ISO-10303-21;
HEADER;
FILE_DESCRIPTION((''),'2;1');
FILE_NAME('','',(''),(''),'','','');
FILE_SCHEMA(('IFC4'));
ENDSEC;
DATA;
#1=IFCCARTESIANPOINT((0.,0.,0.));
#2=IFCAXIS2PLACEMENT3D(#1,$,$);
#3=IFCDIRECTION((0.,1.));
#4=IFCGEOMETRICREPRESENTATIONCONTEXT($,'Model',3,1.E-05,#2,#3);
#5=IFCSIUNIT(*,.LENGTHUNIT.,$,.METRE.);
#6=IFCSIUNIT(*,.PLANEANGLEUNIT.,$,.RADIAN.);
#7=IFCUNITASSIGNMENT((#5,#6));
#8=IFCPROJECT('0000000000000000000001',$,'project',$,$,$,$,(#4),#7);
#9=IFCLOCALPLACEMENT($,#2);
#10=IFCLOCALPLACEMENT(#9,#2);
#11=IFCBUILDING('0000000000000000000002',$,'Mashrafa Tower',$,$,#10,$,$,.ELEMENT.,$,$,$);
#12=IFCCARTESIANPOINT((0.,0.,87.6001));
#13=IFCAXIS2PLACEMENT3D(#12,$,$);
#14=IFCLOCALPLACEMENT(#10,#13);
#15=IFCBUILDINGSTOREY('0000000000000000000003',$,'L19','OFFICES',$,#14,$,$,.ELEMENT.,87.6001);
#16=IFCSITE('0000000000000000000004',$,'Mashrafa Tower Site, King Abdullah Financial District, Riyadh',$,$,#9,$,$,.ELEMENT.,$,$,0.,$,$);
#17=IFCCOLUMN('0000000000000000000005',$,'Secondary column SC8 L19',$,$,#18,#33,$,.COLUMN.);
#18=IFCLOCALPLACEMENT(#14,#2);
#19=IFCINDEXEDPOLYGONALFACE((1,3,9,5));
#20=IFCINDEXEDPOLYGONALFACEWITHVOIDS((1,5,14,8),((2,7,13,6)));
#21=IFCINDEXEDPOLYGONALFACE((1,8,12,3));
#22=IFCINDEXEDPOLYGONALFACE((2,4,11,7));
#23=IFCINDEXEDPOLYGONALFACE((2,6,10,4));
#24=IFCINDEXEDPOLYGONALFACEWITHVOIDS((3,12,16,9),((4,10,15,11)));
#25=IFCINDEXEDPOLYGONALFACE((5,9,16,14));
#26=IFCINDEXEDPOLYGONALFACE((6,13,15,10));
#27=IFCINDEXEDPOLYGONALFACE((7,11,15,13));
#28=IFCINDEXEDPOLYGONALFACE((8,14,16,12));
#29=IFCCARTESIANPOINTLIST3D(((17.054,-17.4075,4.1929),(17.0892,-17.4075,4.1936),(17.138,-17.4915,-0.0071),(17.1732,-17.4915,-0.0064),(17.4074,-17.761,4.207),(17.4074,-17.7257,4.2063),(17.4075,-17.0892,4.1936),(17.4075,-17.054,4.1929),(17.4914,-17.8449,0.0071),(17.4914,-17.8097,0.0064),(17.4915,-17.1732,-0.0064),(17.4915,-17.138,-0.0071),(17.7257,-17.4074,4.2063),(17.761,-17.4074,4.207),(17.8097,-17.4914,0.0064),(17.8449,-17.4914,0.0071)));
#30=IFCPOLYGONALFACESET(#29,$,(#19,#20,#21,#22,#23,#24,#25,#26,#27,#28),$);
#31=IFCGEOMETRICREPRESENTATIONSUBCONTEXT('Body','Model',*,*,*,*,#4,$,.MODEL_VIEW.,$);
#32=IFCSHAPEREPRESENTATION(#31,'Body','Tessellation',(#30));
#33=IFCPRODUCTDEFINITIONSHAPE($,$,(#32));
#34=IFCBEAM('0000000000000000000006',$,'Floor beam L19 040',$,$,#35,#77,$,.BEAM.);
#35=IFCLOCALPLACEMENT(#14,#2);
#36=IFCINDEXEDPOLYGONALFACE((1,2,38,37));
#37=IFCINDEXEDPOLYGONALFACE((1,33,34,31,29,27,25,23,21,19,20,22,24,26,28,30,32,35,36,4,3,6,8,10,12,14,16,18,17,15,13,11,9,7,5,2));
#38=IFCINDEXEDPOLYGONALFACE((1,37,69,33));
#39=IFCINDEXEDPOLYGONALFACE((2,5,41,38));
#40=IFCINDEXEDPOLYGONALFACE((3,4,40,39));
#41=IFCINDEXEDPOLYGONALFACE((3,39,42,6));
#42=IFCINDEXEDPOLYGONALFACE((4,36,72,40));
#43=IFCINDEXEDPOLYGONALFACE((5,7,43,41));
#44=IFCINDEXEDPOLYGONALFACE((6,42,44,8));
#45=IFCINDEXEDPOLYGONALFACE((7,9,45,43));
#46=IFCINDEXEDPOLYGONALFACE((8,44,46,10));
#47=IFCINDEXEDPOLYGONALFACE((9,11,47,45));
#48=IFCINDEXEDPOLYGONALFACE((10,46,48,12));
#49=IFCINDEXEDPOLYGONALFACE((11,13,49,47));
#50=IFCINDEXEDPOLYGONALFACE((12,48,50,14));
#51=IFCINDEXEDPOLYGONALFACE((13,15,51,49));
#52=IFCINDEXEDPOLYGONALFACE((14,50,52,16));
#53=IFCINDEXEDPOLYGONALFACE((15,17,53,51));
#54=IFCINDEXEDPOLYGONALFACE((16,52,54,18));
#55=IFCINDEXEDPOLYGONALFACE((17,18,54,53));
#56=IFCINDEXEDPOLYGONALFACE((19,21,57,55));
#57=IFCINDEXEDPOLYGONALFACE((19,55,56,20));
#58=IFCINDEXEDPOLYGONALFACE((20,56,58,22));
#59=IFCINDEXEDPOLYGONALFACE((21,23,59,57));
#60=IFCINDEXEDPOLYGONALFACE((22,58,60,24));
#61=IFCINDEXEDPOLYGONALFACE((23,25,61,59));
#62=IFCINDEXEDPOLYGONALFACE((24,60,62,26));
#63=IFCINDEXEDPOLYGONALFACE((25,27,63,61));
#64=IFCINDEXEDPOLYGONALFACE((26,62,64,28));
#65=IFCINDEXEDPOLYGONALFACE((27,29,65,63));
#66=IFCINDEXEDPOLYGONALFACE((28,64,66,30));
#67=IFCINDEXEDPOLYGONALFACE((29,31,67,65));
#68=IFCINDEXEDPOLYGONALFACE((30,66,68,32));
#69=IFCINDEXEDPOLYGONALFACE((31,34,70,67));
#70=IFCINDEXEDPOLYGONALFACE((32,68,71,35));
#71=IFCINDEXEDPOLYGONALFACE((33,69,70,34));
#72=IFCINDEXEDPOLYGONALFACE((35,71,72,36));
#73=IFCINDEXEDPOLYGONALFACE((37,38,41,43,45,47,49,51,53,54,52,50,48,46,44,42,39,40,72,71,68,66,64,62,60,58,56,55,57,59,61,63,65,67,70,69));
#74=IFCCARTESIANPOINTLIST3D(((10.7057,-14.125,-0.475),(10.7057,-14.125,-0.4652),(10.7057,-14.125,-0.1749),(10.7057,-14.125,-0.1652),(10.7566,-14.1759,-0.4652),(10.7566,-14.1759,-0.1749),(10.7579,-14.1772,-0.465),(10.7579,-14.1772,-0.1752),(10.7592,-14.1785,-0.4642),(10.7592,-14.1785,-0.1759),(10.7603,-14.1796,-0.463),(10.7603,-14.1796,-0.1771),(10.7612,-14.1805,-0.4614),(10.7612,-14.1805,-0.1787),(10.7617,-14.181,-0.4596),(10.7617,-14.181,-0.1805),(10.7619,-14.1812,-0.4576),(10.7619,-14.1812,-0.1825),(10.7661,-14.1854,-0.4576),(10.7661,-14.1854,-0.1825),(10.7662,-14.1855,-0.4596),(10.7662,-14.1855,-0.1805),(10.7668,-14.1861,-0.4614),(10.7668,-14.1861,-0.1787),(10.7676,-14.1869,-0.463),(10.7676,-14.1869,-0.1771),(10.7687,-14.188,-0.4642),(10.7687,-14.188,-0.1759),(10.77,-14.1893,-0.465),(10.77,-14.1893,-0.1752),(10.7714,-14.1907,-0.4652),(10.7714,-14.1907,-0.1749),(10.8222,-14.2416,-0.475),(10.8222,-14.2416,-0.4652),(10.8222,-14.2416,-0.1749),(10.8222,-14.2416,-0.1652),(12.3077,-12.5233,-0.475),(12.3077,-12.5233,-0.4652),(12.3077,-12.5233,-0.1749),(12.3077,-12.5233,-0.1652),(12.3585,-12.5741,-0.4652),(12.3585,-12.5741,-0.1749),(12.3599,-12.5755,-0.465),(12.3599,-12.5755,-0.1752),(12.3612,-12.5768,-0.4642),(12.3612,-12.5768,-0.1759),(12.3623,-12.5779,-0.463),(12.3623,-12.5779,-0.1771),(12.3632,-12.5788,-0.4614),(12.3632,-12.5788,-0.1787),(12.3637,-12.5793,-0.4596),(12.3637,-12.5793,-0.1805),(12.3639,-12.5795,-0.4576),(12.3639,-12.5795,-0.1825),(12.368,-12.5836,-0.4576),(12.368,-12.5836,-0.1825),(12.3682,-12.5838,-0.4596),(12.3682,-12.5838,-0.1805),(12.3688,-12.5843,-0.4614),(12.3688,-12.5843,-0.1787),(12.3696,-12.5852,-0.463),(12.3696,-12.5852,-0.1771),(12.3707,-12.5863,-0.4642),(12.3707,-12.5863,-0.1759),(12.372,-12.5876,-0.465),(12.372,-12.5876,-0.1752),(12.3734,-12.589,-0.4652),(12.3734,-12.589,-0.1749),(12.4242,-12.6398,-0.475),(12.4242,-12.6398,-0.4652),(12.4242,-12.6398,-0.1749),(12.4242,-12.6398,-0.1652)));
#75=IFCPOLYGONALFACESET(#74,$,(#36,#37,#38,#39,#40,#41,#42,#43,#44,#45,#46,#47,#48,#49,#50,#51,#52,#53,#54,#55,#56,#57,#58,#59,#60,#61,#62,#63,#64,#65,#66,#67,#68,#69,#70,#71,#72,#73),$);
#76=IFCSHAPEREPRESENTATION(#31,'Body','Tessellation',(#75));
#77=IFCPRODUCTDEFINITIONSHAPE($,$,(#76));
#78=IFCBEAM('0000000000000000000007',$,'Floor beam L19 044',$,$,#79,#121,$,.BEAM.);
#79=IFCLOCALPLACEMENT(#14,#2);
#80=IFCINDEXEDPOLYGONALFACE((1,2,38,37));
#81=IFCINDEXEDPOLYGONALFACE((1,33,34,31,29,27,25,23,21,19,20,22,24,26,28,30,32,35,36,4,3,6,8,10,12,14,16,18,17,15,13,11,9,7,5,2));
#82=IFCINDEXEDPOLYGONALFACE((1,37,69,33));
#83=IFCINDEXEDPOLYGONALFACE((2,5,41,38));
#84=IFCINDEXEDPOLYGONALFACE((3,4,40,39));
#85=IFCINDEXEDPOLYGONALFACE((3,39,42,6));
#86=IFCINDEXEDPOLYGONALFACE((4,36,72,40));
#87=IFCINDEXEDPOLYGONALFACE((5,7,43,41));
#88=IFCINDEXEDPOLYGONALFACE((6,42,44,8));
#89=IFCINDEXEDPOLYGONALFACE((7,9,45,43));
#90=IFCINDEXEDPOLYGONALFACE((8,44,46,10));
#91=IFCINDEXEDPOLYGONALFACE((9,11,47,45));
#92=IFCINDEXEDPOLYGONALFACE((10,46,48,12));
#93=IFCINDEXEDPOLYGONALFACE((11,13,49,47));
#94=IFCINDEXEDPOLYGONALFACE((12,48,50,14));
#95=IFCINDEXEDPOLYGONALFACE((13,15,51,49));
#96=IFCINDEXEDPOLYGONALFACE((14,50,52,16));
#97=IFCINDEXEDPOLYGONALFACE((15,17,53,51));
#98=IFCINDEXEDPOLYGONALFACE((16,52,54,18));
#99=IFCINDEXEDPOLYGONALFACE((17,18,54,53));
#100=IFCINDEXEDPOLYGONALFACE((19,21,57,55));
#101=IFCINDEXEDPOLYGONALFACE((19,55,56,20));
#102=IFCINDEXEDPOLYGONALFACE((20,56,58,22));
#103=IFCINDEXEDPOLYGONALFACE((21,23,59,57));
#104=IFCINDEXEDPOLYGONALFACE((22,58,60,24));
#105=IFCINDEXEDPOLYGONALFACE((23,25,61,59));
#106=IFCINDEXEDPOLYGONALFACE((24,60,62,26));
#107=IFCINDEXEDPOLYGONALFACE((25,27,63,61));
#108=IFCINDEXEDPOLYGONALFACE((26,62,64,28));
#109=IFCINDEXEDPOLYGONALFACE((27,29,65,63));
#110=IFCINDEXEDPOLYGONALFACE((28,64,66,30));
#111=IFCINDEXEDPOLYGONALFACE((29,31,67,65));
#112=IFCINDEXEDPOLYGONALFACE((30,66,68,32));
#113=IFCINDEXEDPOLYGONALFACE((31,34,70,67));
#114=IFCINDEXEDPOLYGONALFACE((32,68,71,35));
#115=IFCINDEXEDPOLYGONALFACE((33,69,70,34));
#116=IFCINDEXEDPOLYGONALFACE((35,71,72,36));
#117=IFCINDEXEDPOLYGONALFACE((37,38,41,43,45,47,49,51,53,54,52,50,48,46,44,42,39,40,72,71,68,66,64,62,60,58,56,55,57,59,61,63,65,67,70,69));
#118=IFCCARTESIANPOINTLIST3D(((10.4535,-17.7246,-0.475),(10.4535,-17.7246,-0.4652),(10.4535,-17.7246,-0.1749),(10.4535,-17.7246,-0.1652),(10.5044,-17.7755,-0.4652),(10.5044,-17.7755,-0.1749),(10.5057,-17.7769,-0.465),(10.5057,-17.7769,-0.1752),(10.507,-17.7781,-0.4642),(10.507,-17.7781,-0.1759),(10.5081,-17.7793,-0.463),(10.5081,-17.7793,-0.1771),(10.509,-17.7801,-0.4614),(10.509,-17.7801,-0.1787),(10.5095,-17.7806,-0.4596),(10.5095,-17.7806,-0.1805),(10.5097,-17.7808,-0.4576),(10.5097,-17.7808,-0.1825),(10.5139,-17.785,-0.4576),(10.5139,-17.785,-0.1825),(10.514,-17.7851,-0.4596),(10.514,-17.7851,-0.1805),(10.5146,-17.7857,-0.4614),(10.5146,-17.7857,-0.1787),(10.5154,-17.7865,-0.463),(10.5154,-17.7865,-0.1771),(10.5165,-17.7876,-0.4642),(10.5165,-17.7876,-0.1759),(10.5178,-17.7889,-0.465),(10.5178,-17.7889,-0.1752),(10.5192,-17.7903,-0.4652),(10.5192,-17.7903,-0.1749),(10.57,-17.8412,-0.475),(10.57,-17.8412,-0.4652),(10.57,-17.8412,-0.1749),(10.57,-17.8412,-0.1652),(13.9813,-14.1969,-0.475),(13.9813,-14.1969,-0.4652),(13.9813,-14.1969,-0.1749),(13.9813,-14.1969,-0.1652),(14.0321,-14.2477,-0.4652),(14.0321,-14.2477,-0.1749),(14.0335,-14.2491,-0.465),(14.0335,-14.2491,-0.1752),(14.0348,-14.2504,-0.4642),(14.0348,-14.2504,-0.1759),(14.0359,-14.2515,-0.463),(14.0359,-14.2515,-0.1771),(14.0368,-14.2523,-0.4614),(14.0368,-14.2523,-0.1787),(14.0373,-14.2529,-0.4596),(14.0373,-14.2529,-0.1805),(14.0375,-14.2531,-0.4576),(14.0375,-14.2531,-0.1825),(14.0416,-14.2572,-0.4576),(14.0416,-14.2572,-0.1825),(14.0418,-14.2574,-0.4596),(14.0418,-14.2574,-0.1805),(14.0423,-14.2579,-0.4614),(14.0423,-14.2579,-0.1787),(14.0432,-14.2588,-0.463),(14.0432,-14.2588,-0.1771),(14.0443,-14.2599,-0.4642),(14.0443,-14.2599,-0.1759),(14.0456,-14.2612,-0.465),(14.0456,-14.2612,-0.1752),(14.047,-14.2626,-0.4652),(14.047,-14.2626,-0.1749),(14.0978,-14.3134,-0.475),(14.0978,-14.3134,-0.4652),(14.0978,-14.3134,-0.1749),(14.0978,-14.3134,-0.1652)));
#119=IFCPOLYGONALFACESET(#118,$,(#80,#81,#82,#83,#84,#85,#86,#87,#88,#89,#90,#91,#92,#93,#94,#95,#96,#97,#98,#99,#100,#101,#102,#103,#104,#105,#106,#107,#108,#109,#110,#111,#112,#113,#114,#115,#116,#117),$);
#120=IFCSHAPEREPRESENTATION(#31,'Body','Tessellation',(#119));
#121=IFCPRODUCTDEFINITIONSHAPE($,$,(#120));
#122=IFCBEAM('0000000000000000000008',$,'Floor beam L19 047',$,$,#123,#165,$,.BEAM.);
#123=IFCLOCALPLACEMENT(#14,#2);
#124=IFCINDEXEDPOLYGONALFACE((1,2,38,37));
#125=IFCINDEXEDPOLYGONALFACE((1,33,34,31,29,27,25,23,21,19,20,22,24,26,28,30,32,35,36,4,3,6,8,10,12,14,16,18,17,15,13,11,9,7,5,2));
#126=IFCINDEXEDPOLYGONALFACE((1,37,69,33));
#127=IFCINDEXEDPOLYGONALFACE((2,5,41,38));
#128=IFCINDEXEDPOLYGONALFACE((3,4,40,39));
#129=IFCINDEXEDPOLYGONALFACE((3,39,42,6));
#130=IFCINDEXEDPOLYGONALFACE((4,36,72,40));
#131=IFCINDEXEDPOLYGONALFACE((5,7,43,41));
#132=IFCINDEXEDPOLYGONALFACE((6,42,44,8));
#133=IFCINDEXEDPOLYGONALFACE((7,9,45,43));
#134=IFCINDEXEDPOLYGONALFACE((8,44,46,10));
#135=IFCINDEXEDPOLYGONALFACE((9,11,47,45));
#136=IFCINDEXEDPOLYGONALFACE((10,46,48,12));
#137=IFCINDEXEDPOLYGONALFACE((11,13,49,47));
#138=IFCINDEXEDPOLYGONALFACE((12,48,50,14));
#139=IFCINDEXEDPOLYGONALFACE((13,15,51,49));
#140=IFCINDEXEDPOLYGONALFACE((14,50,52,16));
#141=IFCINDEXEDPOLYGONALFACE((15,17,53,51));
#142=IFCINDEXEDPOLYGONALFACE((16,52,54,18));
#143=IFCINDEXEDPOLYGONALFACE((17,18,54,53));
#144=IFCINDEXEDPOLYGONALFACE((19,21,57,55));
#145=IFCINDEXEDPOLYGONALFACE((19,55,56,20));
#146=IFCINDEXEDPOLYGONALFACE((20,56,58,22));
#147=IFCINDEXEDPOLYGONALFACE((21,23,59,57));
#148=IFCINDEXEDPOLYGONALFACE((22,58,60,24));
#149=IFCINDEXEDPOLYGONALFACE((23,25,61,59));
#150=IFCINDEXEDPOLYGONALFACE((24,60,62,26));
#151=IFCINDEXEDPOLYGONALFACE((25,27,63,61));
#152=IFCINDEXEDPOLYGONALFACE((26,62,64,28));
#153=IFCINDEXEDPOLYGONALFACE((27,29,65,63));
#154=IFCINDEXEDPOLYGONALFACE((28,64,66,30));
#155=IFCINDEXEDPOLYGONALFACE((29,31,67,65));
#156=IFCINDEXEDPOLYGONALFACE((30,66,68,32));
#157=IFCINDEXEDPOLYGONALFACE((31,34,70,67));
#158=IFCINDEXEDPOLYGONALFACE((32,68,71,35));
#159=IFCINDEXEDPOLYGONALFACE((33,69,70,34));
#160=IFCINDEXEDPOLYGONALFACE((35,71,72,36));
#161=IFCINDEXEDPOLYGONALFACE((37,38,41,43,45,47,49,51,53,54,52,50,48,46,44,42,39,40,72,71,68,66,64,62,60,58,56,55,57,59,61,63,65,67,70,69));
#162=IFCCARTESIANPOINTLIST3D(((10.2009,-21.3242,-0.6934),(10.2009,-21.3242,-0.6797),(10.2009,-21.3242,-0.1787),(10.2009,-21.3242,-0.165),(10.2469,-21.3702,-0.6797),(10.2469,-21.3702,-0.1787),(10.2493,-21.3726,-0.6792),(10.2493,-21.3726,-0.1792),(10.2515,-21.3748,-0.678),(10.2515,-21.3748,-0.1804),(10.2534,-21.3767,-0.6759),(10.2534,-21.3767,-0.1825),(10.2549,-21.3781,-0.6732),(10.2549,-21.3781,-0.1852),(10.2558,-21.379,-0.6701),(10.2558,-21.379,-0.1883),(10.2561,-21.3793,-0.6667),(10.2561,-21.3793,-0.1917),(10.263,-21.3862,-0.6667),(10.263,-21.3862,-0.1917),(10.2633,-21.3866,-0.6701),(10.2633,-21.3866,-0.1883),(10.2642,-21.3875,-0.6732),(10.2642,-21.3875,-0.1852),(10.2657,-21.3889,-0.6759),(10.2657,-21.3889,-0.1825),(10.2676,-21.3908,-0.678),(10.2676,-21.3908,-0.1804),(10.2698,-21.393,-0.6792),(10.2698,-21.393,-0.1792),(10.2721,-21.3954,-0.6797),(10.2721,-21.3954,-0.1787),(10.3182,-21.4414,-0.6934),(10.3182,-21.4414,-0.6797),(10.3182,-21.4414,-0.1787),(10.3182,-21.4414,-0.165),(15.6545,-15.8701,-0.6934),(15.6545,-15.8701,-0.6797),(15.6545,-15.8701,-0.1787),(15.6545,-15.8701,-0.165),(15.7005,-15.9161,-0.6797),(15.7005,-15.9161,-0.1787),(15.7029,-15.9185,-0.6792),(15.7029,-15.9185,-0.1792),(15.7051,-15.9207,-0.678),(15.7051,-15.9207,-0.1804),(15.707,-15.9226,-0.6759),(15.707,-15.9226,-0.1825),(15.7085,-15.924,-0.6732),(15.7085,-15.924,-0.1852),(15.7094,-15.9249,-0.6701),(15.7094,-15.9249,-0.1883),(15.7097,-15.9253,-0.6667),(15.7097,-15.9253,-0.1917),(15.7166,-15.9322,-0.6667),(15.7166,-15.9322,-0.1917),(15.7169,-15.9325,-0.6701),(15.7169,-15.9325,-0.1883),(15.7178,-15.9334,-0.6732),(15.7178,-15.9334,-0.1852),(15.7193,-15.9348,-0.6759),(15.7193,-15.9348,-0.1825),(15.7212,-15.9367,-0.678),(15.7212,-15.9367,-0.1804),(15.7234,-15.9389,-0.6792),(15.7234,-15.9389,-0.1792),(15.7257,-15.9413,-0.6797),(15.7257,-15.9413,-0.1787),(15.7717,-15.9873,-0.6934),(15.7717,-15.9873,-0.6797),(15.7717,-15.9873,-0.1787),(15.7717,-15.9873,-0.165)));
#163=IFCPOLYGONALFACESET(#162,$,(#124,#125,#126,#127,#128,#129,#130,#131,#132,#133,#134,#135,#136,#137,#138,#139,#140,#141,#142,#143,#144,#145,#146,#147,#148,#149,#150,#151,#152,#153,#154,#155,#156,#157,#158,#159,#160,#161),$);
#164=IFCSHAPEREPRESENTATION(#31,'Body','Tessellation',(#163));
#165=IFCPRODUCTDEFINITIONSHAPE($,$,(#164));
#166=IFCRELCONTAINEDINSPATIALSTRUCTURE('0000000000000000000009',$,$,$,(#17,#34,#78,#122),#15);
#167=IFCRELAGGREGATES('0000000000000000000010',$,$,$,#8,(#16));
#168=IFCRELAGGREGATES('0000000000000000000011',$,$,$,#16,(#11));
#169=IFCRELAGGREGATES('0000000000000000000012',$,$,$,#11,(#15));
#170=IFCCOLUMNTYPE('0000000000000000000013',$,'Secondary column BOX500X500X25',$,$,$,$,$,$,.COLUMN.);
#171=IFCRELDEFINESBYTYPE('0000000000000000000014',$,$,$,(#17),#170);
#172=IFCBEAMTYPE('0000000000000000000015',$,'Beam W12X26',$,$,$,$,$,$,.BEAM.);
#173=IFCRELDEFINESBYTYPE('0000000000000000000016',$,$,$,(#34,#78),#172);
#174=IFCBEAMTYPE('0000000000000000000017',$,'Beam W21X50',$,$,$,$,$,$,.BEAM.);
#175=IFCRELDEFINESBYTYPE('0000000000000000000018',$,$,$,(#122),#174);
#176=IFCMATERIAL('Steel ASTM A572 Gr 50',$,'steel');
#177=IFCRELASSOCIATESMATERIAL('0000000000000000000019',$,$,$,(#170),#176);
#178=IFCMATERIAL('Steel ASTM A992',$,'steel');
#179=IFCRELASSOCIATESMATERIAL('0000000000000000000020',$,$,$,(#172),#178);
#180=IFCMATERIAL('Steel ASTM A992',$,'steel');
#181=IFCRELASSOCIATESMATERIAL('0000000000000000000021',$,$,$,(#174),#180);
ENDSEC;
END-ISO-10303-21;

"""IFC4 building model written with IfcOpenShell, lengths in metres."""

from ifc_helpers import new_model, si_unit, direction, frame, origin, origin_2d, place, context, subcontext, project, spatial, hollow_rectangle, i_section, extrude, material, material_profile, profile_set, type_object, element, save


model = new_model("IFC4")

# Units and contexts
model_context = context("Model", 3, precision=1e-05, world=origin(), true_north=direction((0.0, 1.0)))
body_context = subcontext(model_context, "Body", "Model", "MODEL_VIEW")
ifc_project = project(units=[si_unit("LENGTHUNIT", "METRE"), si_unit("PLANEANGLEUNIT", "RADIAN")], contexts=[model_context])

# Site, building, storey
site_placement = place(None, origin())
site = spatial("IfcSite", under=ifc_project, at=site_placement, Name="Mashrafa Tower Site, King Abdullah Financial District, Riyadh", CompositionType="ELEMENT", RefElevation=0.0)
building_placement = place(site_placement, origin())
building = spatial("IfcBuilding", under=site, at=building_placement, Name="Mashrafa Tower", CompositionType="ELEMENT")
storey_placement = place(building_placement, frame((0.0, 0.0, 87.6001)))
storey = spatial("IfcBuildingStorey", under=building, at=storey_placement, Name="L19", Description="OFFICES", CompositionType="ELEMENT", Elevation=87.6001)

# Column
ifc_material_1 = material(Name="Steel ASTM A572 Gr 50", Category="steel")
ifc_material_profile_1 = material_profile(ifc_material_1, hollow_rectangle(XDim=0.5, YDim=0.5, WallThickness=0.0249, at=origin_2d()), Name="BOX500X500X25")
ifc_profile_set_1 = profile_set([ifc_material_profile_1], Name="Steel ASTM A572 Gr 50")
column_type = type_object("IfcColumnType", Name="Secondary column BOX500X500X25", PredefinedType="COLUMN", material=ifc_profile_set_1)
column_placement = place(storey_placement, frame((17.4915, -17.4915, 0.0), z_axis=(-0.019989, 0.019989, 0.9996), x_axis=(-0.707107, -0.707107, 0.0)))
element("IfcColumn", 1, at=column_placement, inside=storey, type_object=column_type, Name="Secondary column SC8 L19", PredefinedType="COLUMN", context=body_context, shape_type="SweptSolid", body=[
    extrude(hollow_rectangle(XDim=0.5, YDim=0.5, WallThickness=0.0249, at=origin_2d()), origin(), (0.0, 0.0, 1.0), 4.2017),
])

# Beams
ifc_material_2 = material(Name="Steel ASTM A992", Category="steel")
ifc_material_profile_2 = material_profile(ifc_material_2, i_section(OverallWidth=0.1648, OverallDepth=0.3098, WebThickness=0.0059, FlangeThickness=0.0098, FilletRadius=0.0076, at=origin_2d()), Name="W12X26")
ifc_profile_set_2 = profile_set([ifc_material_profile_2], Name="Steel ASTM A992")
beam_type_1 = type_object("IfcBeamType", Name="Beam W12X26", PredefinedType="BEAM", material=ifc_profile_set_2)
beam_1_placement = place(storey_placement, frame((12.366, -12.5815, -0.3201), z_axis=(-0.707161, -0.707053, 0.0), x_axis=(0.707053, -0.707161, 0.0)))
element("IfcBeam", 2, at=beam_1_placement, inside=storey, type_object=beam_type_1, Name="Floor beam L19 040", PredefinedType="BEAM", context=body_context, shape_type="SweptSolid", body=[
    extrude(i_section(OverallWidth=0.1648, OverallDepth=0.3098, WebThickness=0.0059, FlangeThickness=0.0098, FilletRadius=0.0076, at=origin_2d()), origin(), (0.0, 0.0, 1.0), 2.2654),
])
beam_2_placement = place(storey_placement, frame((14.0396, -14.2551, -0.3201), z_axis=(-0.707107, -0.707107, 0.0), x_axis=(0.707107, -0.707107, 0.0)))
element("IfcBeam", 3, at=beam_2_placement, inside=storey, type_object=beam_type_1, Name="Floor beam L19 044", PredefinedType="BEAM", context=body_context, shape_type="SweptSolid", body=[
    extrude(i_section(OverallWidth=0.1648, OverallDepth=0.3098, WebThickness=0.0059, FlangeThickness=0.0098, FilletRadius=0.0076, at=origin_2d()), origin(), (0.0, 0.0, 1.0), 4.989),
])
ifc_material_3 = material(Name="Steel ASTM A992", Category="steel")
ifc_material_profile_3 = material_profile(ifc_material_3, i_section(OverallWidth=0.1658, OverallDepth=0.5283, WebThickness=0.0098, FlangeThickness=0.0137, FilletRadius=0.0129, at=origin_2d()), Name="W21X50")
ifc_profile_set_3 = profile_set([ifc_material_profile_3], Name="Steel ASTM A992")
beam_type_2 = type_object("IfcBeamType", Name="Beam W21X50", PredefinedType="BEAM", material=ifc_profile_set_3)
beam_3_placement = place(storey_placement, frame((15.7131, -15.9287, -0.4292), z_axis=(-0.707075, -0.707138, 0.0), x_axis=(0.707138, -0.707075, 0.0)))
element("IfcBeam", 4, at=beam_3_placement, inside=storey, type_object=beam_type_2, Name="Floor beam L19 047", PredefinedType="BEAM", context=body_context, shape_type="SweptSolid", body=[
    extrude(i_section(OverallWidth=0.1658, OverallDepth=0.5283, WebThickness=0.0098, FlangeThickness=0.0137, FilletRadius=0.0129, at=origin_2d()), origin(), (0.0, 0.0, 1.0), 7.7129),
])

save(model, "model.ifc")
